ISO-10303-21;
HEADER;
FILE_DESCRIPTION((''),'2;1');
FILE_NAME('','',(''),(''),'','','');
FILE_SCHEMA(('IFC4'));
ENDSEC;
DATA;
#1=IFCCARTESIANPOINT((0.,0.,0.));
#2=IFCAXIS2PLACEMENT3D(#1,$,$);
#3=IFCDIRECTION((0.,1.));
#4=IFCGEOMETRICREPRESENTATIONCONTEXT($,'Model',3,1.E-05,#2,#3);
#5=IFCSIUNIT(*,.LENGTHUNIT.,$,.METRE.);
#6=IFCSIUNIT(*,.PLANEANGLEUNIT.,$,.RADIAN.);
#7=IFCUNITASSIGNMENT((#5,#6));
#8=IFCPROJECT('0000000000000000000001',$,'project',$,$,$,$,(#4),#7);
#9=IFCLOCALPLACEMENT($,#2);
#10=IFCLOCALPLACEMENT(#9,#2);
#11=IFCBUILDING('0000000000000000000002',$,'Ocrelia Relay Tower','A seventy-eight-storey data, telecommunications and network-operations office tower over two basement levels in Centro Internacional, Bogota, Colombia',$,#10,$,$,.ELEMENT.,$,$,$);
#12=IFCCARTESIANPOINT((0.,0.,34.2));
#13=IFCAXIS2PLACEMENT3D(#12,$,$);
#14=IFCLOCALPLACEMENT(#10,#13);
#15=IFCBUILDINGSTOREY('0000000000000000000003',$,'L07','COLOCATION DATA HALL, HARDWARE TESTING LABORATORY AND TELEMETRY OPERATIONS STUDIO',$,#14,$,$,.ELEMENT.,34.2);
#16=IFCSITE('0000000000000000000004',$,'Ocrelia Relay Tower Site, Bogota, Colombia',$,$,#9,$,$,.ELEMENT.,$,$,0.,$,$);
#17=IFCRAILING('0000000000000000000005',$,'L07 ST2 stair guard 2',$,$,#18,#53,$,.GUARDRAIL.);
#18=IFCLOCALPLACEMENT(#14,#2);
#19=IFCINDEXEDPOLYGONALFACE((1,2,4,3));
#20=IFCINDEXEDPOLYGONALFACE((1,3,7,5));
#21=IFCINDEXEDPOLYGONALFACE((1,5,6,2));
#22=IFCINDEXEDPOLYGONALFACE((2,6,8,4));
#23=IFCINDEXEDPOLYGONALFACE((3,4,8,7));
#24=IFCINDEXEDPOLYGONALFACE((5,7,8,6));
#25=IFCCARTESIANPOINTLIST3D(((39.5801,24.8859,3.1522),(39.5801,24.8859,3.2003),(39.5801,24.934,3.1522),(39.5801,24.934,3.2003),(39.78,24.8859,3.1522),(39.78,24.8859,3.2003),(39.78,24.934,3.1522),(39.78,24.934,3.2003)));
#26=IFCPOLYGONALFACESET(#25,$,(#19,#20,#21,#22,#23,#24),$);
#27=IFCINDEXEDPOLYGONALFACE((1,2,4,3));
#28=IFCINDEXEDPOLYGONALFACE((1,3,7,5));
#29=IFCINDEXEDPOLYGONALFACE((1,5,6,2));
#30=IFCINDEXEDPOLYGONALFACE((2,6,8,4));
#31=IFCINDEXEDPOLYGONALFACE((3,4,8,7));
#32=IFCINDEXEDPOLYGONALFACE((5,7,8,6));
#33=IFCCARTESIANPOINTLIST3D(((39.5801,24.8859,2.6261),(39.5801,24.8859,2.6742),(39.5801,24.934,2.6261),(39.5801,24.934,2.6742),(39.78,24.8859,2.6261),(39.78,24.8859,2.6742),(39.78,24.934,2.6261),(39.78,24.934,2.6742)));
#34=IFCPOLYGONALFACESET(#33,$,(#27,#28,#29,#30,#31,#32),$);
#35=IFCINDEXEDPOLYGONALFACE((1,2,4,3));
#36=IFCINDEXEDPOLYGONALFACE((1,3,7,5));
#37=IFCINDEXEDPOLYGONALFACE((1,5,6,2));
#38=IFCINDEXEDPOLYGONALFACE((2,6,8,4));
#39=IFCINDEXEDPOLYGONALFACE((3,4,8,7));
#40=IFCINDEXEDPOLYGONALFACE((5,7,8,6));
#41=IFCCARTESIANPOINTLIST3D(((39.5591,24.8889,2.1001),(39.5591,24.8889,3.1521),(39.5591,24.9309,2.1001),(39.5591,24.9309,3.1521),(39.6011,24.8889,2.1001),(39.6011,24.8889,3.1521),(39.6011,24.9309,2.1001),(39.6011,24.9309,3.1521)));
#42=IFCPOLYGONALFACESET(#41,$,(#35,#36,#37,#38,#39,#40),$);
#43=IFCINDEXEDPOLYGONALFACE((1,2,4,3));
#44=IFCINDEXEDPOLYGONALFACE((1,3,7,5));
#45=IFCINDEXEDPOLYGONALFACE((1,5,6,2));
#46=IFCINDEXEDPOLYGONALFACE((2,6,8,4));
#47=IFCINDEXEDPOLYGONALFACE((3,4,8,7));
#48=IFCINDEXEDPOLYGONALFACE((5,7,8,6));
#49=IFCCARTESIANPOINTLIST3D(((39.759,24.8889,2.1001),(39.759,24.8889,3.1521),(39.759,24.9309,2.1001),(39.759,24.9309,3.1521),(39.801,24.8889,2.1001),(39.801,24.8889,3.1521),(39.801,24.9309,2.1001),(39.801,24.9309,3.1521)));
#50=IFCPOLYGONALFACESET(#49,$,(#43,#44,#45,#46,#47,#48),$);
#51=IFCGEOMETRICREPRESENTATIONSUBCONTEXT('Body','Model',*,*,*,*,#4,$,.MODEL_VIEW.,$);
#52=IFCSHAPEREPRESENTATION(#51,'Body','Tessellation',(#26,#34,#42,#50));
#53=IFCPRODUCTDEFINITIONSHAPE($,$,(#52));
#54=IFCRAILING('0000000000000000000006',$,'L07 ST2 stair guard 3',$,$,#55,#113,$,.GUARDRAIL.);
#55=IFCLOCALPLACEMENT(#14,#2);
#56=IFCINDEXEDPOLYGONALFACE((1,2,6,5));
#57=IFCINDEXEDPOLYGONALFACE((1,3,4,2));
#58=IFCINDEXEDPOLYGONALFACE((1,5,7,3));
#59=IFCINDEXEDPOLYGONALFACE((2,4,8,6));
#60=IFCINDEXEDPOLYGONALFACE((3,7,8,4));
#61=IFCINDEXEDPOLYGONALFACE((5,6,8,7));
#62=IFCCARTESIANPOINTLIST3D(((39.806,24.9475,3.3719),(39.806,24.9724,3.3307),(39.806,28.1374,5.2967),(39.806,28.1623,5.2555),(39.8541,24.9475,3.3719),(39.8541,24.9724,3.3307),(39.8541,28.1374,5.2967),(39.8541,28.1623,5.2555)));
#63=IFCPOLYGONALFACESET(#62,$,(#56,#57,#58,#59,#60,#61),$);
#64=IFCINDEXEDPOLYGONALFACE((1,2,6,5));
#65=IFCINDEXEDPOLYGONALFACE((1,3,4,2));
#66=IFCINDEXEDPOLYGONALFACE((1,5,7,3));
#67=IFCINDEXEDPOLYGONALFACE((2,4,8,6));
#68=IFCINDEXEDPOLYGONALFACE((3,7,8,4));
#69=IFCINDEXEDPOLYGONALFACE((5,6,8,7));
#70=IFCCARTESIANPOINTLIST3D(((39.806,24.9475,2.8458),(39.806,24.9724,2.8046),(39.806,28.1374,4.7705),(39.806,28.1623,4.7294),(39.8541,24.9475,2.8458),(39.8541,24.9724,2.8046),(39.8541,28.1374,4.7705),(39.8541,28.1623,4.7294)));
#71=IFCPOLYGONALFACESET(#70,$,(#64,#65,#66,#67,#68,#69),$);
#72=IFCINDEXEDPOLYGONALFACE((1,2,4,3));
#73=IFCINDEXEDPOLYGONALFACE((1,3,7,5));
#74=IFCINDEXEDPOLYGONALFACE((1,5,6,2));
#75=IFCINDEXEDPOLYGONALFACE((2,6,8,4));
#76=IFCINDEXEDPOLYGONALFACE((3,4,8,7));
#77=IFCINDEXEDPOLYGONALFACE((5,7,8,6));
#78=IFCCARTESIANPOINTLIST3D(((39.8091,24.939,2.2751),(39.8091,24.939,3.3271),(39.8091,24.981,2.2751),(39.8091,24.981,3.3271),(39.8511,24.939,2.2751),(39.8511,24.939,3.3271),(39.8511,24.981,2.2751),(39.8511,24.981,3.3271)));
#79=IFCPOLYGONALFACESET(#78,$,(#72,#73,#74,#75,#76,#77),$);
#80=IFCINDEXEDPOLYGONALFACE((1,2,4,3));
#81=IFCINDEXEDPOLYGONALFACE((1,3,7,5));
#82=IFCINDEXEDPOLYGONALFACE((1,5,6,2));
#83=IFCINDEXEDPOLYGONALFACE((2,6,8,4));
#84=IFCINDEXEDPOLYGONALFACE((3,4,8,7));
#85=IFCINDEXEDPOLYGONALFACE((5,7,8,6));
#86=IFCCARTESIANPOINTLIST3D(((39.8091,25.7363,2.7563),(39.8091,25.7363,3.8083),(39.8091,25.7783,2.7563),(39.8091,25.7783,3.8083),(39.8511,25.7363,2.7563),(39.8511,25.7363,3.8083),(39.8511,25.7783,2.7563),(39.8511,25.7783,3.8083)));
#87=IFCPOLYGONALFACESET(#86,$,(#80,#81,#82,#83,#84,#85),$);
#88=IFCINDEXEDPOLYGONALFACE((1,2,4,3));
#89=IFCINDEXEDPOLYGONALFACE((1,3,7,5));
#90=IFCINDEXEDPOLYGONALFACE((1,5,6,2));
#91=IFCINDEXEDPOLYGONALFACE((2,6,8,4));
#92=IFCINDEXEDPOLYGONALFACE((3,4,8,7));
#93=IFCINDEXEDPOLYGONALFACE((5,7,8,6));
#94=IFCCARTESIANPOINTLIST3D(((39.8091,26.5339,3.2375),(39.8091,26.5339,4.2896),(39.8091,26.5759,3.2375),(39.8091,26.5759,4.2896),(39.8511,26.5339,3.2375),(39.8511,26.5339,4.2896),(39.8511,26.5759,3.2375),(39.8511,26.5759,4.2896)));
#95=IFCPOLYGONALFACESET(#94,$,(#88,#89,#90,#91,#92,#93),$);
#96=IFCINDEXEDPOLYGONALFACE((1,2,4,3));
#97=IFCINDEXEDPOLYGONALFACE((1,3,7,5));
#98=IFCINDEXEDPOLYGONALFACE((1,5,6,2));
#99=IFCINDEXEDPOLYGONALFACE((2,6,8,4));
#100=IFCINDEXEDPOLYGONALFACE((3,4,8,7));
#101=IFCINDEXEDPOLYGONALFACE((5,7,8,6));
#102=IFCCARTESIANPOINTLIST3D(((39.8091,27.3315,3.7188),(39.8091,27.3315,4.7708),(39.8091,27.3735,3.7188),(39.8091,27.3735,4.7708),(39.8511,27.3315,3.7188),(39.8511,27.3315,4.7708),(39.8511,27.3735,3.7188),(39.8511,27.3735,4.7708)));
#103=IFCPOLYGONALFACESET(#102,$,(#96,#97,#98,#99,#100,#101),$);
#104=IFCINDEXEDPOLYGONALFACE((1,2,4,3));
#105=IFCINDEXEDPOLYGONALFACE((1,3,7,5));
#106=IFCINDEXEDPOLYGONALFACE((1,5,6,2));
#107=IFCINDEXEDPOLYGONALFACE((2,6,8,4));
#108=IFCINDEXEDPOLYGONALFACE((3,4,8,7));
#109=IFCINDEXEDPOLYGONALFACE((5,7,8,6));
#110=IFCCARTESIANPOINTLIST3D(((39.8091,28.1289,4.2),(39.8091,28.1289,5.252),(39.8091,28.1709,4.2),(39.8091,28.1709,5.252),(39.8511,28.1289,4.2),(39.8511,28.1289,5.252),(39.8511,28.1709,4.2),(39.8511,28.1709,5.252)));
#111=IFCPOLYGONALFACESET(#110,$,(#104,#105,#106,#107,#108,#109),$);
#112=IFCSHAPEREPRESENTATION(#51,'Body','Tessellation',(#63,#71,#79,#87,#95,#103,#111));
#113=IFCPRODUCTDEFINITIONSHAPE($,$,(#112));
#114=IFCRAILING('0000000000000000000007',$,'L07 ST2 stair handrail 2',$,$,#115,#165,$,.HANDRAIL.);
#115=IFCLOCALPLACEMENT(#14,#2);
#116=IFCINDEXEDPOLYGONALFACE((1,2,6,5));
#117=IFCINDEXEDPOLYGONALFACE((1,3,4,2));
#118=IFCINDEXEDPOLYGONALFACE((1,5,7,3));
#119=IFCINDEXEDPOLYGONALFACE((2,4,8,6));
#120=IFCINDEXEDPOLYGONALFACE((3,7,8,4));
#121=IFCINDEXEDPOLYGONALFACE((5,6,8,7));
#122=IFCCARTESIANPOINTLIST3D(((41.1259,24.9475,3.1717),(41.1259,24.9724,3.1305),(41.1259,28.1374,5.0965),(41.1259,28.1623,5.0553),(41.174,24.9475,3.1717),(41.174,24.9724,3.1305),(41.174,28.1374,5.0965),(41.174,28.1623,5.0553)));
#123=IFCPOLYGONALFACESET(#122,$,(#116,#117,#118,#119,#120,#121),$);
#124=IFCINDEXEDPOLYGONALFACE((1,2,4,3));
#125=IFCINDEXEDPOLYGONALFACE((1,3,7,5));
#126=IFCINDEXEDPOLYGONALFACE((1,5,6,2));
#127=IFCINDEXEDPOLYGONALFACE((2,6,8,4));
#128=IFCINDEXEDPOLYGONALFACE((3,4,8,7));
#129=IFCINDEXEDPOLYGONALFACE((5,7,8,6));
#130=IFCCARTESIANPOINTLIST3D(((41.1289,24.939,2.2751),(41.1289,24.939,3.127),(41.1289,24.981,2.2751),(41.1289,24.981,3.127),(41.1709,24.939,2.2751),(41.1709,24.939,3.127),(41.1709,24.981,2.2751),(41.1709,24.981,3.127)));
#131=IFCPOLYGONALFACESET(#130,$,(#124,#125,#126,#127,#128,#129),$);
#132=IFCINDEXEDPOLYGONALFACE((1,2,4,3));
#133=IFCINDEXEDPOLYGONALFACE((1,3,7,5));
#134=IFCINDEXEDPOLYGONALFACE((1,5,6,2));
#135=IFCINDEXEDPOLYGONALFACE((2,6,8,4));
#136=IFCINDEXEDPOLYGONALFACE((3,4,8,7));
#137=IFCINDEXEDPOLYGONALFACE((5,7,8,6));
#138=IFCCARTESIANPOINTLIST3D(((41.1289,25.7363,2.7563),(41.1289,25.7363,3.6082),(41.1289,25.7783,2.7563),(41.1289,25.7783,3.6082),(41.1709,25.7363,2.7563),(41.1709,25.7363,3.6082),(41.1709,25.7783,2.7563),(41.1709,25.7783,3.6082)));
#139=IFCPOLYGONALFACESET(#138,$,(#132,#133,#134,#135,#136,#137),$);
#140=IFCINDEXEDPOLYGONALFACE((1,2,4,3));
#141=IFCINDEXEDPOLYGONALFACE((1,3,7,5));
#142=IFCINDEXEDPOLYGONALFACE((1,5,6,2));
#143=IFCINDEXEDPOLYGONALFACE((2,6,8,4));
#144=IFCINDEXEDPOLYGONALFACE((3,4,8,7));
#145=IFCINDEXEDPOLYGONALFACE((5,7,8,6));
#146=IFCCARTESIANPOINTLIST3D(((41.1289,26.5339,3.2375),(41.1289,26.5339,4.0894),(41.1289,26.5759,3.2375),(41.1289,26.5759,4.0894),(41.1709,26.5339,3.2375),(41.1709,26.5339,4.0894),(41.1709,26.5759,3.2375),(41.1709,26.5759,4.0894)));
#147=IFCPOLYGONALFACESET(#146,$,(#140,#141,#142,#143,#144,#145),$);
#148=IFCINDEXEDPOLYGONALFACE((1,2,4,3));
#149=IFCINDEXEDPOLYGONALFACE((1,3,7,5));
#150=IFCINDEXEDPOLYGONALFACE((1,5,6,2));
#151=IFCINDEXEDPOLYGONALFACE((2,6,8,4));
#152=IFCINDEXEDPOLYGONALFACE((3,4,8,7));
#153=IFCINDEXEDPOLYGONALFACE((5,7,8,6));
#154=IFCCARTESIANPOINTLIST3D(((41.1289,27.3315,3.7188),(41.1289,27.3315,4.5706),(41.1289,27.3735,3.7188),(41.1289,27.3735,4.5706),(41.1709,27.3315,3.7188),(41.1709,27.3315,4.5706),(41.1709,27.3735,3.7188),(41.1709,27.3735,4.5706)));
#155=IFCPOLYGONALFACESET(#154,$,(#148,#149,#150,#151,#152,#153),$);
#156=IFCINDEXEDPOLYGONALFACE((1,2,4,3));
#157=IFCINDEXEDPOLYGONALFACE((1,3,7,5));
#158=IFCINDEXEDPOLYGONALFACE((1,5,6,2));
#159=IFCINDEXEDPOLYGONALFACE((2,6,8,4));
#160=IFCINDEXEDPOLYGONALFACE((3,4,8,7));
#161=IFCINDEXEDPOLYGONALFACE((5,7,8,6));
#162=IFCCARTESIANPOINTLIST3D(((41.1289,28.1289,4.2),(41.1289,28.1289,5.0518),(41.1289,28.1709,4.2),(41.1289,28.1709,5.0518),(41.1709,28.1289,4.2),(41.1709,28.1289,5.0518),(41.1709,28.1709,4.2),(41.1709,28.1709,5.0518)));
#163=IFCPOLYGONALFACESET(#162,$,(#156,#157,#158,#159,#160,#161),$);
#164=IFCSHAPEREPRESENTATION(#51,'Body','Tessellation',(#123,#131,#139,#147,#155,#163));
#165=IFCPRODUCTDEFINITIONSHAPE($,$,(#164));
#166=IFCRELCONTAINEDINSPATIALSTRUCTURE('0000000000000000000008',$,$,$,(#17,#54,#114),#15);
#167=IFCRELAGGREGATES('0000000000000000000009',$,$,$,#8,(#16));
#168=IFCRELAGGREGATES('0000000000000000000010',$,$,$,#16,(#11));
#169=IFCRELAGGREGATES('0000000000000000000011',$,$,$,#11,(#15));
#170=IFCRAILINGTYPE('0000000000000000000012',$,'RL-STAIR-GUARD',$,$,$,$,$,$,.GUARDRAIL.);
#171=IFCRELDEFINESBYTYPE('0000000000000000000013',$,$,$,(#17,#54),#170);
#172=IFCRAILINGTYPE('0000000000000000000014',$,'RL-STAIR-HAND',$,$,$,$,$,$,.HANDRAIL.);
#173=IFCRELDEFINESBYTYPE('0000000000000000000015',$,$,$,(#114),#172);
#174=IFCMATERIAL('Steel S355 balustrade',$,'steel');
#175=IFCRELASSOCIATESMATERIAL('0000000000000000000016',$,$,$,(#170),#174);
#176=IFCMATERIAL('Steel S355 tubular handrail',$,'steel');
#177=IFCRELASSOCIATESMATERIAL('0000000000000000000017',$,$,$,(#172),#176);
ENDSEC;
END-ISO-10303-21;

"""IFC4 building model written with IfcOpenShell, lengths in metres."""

from ifc_helpers import new_model, si_unit, direction, frame, origin, origin_2d, place, context, subcontext, project, spatial, rectangle, extrude, material, type_object, element, save


model = new_model("IFC4")

# Units and contexts
model_context = context("Model", 3, precision=1e-05, world=origin(), true_north=direction((0.0, 1.0)))
body_context = subcontext(model_context, "Body", "Model", "MODEL_VIEW")
ifc_project = project(units=[si_unit("LENGTHUNIT", "METRE"), si_unit("PLANEANGLEUNIT", "RADIAN")], contexts=[model_context])

# Site, building, storey
site_placement = place(None, origin())
site = spatial("IfcSite", under=ifc_project, at=site_placement, Name="Ocrelia Relay Tower Site, Bogota, Colombia", CompositionType="ELEMENT", RefElevation=0.0)
building_placement = place(site_placement, origin())
building = spatial("IfcBuilding", under=site, at=building_placement, Name="Ocrelia Relay Tower", Description="A seventy-eight-storey data, telecommunications and network-operations office tower over two basement levels in Centro Internacional, Bogota, Colombia", CompositionType="ELEMENT")
storey_placement = place(building_placement, frame((0.0, 0.0, 34.2)))
storey = spatial("IfcBuildingStorey", under=building, at=storey_placement, Name="L07", Description="COLOCATION DATA HALL, HARDWARE TESTING LABORATORY AND TELEMETRY OPERATIONS STUDIO", CompositionType="ELEMENT", Elevation=34.2)

# Railings
ifc_material_1 = material(Name="Steel S355 balustrade", Category="steel")
railing_type_1 = type_object("IfcRailingType", Name="RL-STAIR-GUARD", PredefinedType="GUARDRAIL", material=ifc_material_1)
railing_1_placement = place(storey_placement, frame((39.5801, 24.9099, 2.1001)))
element("IfcRailing", 1, at=railing_1_placement, inside=storey, type_object=railing_type_1, Name="L07 ST2 stair guard 2", PredefinedType="GUARDRAIL", context=body_context, shape_type="SweptSolid", body=[
    extrude(rectangle(XDim=0.0481, YDim=0.0481, at=origin_2d()), frame((0.0, 0.0, 1.0762), z_axis=(1.0, 0.0, 0.0), x_axis=(0.0, 1.0, 0.0)), (0.0, 0.0, 1.0), 0.2),
    extrude(rectangle(XDim=0.0481, YDim=0.0481, at=origin_2d()), frame((0.0, 0.0, 0.55), z_axis=(1.0, 0.0, 0.0), x_axis=(0.0, 1.0, 0.0)), (0.0, 0.0, 1.0), 0.2),
    extrude(rectangle(XDim=0.042, YDim=0.042, at=origin_2d()), origin(), (0.0, 0.0, 1.0), 1.052),
    extrude(rectangle(XDim=0.042, YDim=0.042, at=origin_2d()), frame((0.2, 0.0, 0.0)), (0.0, 0.0, 1.0), 1.052),
])
railing_2_placement = place(storey_placement, frame((39.8301, 24.96, 2.2751)))
element("IfcRailing", 2, at=railing_2_placement, inside=storey, type_object=railing_type_1, Name="L07 ST2 stair guard 3", PredefinedType="GUARDRAIL", context=body_context, shape_type="SweptSolid", body=[
    extrude(rectangle(XDim=0.0481, YDim=0.0481, at=origin_2d()), frame((0.0, 0.0, 1.0762), z_axis=(0.0, 0.856207, 0.516633), x_axis=(-1.0, 0.0, 0.0)), (0.0, 0.0, 1.0), 3.7256),
    extrude(rectangle(XDim=0.0481, YDim=0.0481, at=origin_2d()), frame((0.0, 0.0, 0.55), z_axis=(0.0, 0.856207, 0.516633), x_axis=(-1.0, 0.0, 0.0)), (0.0, 0.0, 1.0), 3.7256),
    extrude(rectangle(XDim=0.042, YDim=0.042, at=origin_2d()), origin(), (0.0, 0.0, 1.0), 1.052),
    extrude(rectangle(XDim=0.042, YDim=0.042, at=origin_2d()), frame((0.0, 0.7974, 0.4812)), (0.0, 0.0, 1.0), 1.052),
    extrude(rectangle(XDim=0.042, YDim=0.042, at=origin_2d()), frame((0.0, 1.595, 0.9624)), (0.0, 0.0, 1.0), 1.052),
    extrude(rectangle(XDim=0.042, YDim=0.042, at=origin_2d()), frame((0.0, 2.3926, 1.4436)), (0.0, 0.0, 1.0), 1.052),
    extrude(rectangle(XDim=0.042, YDim=0.042, at=origin_2d()), frame((0.0, 3.1899, 1.9248)), (0.0, 0.0, 1.0), 1.052),
])
ifc_material_2 = material(Name="Steel S355 tubular handrail", Category="steel")
railing_type_2 = type_object("IfcRailingType", Name="RL-STAIR-HAND", PredefinedType="HANDRAIL", material=ifc_material_2)
railing_3_placement = place(storey_placement, frame((41.1499, 24.96, 2.2751)))
element("IfcRailing", 3, at=railing_3_placement, inside=storey, type_object=railing_type_2, Name="L07 ST2 stair handrail 2", PredefinedType="HANDRAIL", context=body_context, shape_type="SweptSolid", body=[
    extrude(rectangle(XDim=0.0481, YDim=0.0481, at=origin_2d()), frame((0.0, 0.0, 0.876), z_axis=(0.0, 0.856207, 0.516633), x_axis=(-1.0, 0.0, 0.0)), (0.0, 0.0, 1.0), 3.7256),
    extrude(rectangle(XDim=0.042, YDim=0.042, at=origin_2d()), origin(), (0.0, 0.0, 1.0), 0.8518),
    extrude(rectangle(XDim=0.042, YDim=0.042, at=origin_2d()), frame((0.0, 0.7974, 0.4812)), (0.0, 0.0, 1.0), 0.8518),
    extrude(rectangle(XDim=0.042, YDim=0.042, at=origin_2d()), frame((0.0, 1.595, 0.9624)), (0.0, 0.0, 1.0), 0.8518),
    extrude(rectangle(XDim=0.042, YDim=0.042, at=origin_2d()), frame((0.0, 2.3926, 1.4436)), (0.0, 0.0, 1.0), 0.8518),
    extrude(rectangle(XDim=0.042, YDim=0.042, at=origin_2d()), frame((0.0, 3.1899, 1.9248)), (0.0, 0.0, 1.0), 0.8518),
])

save(model, "model.ifc")
